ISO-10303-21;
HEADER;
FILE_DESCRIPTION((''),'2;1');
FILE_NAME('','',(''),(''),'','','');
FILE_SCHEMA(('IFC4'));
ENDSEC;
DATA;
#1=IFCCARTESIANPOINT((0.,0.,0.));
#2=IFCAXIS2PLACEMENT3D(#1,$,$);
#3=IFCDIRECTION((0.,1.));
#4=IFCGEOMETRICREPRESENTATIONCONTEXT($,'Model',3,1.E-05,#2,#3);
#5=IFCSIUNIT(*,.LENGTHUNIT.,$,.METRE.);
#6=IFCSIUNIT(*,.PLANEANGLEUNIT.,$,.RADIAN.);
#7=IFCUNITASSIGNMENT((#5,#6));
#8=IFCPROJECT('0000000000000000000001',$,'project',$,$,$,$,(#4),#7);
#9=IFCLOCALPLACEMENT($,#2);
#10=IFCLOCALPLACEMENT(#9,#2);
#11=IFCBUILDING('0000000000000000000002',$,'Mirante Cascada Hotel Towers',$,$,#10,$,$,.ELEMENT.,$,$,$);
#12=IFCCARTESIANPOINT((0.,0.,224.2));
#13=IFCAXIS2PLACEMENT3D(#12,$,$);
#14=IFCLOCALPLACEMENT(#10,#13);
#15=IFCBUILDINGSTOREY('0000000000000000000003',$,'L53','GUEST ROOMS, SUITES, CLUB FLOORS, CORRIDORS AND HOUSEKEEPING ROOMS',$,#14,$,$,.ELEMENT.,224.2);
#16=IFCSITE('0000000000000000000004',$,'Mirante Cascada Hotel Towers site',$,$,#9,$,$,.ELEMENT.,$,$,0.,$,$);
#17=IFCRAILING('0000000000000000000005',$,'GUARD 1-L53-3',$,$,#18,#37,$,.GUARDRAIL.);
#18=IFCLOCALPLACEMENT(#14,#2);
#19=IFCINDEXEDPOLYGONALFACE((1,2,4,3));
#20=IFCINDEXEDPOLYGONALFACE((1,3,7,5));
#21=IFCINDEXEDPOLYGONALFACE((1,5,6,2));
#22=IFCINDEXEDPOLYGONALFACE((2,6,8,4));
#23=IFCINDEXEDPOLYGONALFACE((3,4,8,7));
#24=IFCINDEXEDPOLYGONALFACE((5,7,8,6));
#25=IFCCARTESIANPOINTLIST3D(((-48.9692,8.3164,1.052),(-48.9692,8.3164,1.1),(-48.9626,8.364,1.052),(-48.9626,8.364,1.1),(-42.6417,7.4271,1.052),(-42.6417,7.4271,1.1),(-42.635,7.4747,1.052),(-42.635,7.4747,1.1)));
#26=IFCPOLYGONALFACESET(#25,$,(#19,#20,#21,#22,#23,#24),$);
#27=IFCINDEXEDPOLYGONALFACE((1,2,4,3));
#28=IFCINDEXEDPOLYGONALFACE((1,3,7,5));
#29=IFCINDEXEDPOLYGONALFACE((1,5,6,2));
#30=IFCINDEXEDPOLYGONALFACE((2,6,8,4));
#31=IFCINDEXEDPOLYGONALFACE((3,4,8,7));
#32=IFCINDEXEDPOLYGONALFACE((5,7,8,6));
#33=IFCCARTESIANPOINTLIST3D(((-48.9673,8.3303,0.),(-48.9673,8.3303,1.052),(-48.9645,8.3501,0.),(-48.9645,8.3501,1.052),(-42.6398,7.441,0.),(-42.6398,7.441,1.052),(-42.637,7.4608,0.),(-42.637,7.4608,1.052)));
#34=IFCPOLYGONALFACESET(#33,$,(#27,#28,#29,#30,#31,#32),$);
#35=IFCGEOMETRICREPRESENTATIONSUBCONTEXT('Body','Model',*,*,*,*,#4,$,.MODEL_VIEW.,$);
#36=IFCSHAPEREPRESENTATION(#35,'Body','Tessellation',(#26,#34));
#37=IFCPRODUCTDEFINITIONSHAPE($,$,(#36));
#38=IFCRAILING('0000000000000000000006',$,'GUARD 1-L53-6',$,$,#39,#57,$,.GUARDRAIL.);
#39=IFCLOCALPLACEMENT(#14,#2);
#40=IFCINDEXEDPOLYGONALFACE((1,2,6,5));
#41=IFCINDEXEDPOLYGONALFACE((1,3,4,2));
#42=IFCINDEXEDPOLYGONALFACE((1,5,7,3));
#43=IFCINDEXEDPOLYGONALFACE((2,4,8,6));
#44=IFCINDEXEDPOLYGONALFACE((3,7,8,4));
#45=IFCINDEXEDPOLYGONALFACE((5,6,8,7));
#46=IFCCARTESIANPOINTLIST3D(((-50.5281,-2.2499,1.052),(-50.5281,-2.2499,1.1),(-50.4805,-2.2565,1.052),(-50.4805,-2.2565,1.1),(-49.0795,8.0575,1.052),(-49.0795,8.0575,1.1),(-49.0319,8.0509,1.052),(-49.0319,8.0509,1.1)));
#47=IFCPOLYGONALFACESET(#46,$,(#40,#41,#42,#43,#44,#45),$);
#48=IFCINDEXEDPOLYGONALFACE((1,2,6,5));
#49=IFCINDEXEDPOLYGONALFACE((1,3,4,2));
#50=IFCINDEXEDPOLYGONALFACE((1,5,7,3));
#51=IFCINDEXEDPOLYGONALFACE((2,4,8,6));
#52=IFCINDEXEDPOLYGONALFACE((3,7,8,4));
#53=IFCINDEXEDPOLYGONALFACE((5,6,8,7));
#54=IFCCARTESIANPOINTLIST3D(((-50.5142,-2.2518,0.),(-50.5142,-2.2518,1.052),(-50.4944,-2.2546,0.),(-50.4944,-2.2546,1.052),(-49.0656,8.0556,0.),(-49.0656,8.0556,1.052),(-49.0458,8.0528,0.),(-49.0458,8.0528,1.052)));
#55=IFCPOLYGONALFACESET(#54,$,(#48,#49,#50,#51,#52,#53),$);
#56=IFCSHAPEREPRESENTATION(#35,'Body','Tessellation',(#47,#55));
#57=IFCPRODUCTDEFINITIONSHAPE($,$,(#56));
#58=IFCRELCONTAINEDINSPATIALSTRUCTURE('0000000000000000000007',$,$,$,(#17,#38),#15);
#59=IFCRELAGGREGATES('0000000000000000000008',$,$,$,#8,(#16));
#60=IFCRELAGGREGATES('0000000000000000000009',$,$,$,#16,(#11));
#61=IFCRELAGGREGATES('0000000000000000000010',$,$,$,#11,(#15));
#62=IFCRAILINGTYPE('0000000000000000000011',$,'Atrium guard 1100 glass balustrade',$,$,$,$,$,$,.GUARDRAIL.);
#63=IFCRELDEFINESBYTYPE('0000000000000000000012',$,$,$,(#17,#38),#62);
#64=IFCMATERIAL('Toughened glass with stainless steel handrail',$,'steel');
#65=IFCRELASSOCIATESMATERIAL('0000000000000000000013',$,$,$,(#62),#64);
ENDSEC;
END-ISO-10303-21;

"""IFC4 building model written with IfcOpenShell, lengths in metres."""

from ifc_helpers import new_model, si_unit, direction, frame, origin, origin_2d, place, context, subcontext, project, spatial, rectangle, extrude, material, type_object, element, save


model = new_model("IFC4")

# Units and contexts
model_context = context("Model", 3, precision=1e-05, world=origin(), true_north=direction((0.0, 1.0)))
body_context = subcontext(model_context, "Body", "Model", "MODEL_VIEW")
ifc_project = project(units=[si_unit("LENGTHUNIT", "METRE"), si_unit("PLANEANGLEUNIT", "RADIAN")], contexts=[model_context])

# Site, building, storey
site_placement = place(None, origin())
site = spatial("IfcSite", under=ifc_project, at=site_placement, Name="Mirante Cascada Hotel Towers site", CompositionType="ELEMENT", RefElevation=0.0)
building_placement = place(site_placement, origin())
building = spatial("IfcBuilding", under=site, at=building_placement, Name="Mirante Cascada Hotel Towers", CompositionType="ELEMENT")
storey_placement = place(building_placement, frame((0.0, 0.0, 224.2)))
storey = spatial("IfcBuildingStorey", under=building, at=storey_placement, Name="L53", Description="GUEST ROOMS, SUITES, CLUB FLOORS, CORRIDORS AND HOUSEKEEPING ROOMS", CompositionType="ELEMENT", Elevation=224.2)

# Railings
ifc_material_1 = material(Name="Toughened glass with stainless steel handrail", Category="steel")
railing_type = type_object("IfcRailingType", Name="Atrium guard 1100 glass balustrade", PredefinedType="GUARDRAIL", material=ifc_material_1)
railing_1_placement = place(storey_placement, frame((-48.9659, 8.3402, 0.0)))
element("IfcRailing", 1, at=railing_1_placement, inside=storey, type_object=railing_type, Name="GUARD 1-L53-3", PredefinedType="GUARDRAIL", context=body_context, shape_type="SweptSolid", body=[
    extrude(rectangle(XDim=0.048, YDim=0.048, at=origin_2d()), frame((0.0, 0.0, 1.076), z_axis=(0.990267, -0.139177, 0.0), x_axis=(0.139177, 0.990267, 0.0)), (0.0, 0.0, 1.0), 6.3897),
    extrude(rectangle(XDim=0.02, YDim=1.052, at=origin_2d()), frame((0.0, 0.0, 0.526), z_axis=(0.990267, -0.139177, 0.0), x_axis=(0.139177, 0.990267, 0.0)), (0.0, 0.0, 1.0), 6.3897),
])
railing_2_placement = place(storey_placement, frame((-49.0557, 8.0542, 0.0)))
element("IfcRailing", 2, at=railing_2_placement, inside=storey, type_object=railing_type, Name="GUARD 1-L53-6", PredefinedType="GUARDRAIL", context=body_context, shape_type="SweptSolid", body=[
    extrude(rectangle(XDim=0.048, YDim=0.048, at=origin_2d()), frame((0.0, 0.0, 1.076), z_axis=(-0.139172, -0.990268, 0.0), x_axis=(0.990268, -0.139172, 0.0)), (0.0, 0.0, 1.0), 10.4087),
    extrude(rectangle(XDim=0.02, YDim=1.052, at=origin_2d()), frame((0.0, 0.0, 0.526), z_axis=(-0.139172, -0.990268, 0.0), x_axis=(0.990268, -0.139172, 0.0)), (0.0, 0.0, 1.0), 10.4087),
])

save(model, "model.ifc")
